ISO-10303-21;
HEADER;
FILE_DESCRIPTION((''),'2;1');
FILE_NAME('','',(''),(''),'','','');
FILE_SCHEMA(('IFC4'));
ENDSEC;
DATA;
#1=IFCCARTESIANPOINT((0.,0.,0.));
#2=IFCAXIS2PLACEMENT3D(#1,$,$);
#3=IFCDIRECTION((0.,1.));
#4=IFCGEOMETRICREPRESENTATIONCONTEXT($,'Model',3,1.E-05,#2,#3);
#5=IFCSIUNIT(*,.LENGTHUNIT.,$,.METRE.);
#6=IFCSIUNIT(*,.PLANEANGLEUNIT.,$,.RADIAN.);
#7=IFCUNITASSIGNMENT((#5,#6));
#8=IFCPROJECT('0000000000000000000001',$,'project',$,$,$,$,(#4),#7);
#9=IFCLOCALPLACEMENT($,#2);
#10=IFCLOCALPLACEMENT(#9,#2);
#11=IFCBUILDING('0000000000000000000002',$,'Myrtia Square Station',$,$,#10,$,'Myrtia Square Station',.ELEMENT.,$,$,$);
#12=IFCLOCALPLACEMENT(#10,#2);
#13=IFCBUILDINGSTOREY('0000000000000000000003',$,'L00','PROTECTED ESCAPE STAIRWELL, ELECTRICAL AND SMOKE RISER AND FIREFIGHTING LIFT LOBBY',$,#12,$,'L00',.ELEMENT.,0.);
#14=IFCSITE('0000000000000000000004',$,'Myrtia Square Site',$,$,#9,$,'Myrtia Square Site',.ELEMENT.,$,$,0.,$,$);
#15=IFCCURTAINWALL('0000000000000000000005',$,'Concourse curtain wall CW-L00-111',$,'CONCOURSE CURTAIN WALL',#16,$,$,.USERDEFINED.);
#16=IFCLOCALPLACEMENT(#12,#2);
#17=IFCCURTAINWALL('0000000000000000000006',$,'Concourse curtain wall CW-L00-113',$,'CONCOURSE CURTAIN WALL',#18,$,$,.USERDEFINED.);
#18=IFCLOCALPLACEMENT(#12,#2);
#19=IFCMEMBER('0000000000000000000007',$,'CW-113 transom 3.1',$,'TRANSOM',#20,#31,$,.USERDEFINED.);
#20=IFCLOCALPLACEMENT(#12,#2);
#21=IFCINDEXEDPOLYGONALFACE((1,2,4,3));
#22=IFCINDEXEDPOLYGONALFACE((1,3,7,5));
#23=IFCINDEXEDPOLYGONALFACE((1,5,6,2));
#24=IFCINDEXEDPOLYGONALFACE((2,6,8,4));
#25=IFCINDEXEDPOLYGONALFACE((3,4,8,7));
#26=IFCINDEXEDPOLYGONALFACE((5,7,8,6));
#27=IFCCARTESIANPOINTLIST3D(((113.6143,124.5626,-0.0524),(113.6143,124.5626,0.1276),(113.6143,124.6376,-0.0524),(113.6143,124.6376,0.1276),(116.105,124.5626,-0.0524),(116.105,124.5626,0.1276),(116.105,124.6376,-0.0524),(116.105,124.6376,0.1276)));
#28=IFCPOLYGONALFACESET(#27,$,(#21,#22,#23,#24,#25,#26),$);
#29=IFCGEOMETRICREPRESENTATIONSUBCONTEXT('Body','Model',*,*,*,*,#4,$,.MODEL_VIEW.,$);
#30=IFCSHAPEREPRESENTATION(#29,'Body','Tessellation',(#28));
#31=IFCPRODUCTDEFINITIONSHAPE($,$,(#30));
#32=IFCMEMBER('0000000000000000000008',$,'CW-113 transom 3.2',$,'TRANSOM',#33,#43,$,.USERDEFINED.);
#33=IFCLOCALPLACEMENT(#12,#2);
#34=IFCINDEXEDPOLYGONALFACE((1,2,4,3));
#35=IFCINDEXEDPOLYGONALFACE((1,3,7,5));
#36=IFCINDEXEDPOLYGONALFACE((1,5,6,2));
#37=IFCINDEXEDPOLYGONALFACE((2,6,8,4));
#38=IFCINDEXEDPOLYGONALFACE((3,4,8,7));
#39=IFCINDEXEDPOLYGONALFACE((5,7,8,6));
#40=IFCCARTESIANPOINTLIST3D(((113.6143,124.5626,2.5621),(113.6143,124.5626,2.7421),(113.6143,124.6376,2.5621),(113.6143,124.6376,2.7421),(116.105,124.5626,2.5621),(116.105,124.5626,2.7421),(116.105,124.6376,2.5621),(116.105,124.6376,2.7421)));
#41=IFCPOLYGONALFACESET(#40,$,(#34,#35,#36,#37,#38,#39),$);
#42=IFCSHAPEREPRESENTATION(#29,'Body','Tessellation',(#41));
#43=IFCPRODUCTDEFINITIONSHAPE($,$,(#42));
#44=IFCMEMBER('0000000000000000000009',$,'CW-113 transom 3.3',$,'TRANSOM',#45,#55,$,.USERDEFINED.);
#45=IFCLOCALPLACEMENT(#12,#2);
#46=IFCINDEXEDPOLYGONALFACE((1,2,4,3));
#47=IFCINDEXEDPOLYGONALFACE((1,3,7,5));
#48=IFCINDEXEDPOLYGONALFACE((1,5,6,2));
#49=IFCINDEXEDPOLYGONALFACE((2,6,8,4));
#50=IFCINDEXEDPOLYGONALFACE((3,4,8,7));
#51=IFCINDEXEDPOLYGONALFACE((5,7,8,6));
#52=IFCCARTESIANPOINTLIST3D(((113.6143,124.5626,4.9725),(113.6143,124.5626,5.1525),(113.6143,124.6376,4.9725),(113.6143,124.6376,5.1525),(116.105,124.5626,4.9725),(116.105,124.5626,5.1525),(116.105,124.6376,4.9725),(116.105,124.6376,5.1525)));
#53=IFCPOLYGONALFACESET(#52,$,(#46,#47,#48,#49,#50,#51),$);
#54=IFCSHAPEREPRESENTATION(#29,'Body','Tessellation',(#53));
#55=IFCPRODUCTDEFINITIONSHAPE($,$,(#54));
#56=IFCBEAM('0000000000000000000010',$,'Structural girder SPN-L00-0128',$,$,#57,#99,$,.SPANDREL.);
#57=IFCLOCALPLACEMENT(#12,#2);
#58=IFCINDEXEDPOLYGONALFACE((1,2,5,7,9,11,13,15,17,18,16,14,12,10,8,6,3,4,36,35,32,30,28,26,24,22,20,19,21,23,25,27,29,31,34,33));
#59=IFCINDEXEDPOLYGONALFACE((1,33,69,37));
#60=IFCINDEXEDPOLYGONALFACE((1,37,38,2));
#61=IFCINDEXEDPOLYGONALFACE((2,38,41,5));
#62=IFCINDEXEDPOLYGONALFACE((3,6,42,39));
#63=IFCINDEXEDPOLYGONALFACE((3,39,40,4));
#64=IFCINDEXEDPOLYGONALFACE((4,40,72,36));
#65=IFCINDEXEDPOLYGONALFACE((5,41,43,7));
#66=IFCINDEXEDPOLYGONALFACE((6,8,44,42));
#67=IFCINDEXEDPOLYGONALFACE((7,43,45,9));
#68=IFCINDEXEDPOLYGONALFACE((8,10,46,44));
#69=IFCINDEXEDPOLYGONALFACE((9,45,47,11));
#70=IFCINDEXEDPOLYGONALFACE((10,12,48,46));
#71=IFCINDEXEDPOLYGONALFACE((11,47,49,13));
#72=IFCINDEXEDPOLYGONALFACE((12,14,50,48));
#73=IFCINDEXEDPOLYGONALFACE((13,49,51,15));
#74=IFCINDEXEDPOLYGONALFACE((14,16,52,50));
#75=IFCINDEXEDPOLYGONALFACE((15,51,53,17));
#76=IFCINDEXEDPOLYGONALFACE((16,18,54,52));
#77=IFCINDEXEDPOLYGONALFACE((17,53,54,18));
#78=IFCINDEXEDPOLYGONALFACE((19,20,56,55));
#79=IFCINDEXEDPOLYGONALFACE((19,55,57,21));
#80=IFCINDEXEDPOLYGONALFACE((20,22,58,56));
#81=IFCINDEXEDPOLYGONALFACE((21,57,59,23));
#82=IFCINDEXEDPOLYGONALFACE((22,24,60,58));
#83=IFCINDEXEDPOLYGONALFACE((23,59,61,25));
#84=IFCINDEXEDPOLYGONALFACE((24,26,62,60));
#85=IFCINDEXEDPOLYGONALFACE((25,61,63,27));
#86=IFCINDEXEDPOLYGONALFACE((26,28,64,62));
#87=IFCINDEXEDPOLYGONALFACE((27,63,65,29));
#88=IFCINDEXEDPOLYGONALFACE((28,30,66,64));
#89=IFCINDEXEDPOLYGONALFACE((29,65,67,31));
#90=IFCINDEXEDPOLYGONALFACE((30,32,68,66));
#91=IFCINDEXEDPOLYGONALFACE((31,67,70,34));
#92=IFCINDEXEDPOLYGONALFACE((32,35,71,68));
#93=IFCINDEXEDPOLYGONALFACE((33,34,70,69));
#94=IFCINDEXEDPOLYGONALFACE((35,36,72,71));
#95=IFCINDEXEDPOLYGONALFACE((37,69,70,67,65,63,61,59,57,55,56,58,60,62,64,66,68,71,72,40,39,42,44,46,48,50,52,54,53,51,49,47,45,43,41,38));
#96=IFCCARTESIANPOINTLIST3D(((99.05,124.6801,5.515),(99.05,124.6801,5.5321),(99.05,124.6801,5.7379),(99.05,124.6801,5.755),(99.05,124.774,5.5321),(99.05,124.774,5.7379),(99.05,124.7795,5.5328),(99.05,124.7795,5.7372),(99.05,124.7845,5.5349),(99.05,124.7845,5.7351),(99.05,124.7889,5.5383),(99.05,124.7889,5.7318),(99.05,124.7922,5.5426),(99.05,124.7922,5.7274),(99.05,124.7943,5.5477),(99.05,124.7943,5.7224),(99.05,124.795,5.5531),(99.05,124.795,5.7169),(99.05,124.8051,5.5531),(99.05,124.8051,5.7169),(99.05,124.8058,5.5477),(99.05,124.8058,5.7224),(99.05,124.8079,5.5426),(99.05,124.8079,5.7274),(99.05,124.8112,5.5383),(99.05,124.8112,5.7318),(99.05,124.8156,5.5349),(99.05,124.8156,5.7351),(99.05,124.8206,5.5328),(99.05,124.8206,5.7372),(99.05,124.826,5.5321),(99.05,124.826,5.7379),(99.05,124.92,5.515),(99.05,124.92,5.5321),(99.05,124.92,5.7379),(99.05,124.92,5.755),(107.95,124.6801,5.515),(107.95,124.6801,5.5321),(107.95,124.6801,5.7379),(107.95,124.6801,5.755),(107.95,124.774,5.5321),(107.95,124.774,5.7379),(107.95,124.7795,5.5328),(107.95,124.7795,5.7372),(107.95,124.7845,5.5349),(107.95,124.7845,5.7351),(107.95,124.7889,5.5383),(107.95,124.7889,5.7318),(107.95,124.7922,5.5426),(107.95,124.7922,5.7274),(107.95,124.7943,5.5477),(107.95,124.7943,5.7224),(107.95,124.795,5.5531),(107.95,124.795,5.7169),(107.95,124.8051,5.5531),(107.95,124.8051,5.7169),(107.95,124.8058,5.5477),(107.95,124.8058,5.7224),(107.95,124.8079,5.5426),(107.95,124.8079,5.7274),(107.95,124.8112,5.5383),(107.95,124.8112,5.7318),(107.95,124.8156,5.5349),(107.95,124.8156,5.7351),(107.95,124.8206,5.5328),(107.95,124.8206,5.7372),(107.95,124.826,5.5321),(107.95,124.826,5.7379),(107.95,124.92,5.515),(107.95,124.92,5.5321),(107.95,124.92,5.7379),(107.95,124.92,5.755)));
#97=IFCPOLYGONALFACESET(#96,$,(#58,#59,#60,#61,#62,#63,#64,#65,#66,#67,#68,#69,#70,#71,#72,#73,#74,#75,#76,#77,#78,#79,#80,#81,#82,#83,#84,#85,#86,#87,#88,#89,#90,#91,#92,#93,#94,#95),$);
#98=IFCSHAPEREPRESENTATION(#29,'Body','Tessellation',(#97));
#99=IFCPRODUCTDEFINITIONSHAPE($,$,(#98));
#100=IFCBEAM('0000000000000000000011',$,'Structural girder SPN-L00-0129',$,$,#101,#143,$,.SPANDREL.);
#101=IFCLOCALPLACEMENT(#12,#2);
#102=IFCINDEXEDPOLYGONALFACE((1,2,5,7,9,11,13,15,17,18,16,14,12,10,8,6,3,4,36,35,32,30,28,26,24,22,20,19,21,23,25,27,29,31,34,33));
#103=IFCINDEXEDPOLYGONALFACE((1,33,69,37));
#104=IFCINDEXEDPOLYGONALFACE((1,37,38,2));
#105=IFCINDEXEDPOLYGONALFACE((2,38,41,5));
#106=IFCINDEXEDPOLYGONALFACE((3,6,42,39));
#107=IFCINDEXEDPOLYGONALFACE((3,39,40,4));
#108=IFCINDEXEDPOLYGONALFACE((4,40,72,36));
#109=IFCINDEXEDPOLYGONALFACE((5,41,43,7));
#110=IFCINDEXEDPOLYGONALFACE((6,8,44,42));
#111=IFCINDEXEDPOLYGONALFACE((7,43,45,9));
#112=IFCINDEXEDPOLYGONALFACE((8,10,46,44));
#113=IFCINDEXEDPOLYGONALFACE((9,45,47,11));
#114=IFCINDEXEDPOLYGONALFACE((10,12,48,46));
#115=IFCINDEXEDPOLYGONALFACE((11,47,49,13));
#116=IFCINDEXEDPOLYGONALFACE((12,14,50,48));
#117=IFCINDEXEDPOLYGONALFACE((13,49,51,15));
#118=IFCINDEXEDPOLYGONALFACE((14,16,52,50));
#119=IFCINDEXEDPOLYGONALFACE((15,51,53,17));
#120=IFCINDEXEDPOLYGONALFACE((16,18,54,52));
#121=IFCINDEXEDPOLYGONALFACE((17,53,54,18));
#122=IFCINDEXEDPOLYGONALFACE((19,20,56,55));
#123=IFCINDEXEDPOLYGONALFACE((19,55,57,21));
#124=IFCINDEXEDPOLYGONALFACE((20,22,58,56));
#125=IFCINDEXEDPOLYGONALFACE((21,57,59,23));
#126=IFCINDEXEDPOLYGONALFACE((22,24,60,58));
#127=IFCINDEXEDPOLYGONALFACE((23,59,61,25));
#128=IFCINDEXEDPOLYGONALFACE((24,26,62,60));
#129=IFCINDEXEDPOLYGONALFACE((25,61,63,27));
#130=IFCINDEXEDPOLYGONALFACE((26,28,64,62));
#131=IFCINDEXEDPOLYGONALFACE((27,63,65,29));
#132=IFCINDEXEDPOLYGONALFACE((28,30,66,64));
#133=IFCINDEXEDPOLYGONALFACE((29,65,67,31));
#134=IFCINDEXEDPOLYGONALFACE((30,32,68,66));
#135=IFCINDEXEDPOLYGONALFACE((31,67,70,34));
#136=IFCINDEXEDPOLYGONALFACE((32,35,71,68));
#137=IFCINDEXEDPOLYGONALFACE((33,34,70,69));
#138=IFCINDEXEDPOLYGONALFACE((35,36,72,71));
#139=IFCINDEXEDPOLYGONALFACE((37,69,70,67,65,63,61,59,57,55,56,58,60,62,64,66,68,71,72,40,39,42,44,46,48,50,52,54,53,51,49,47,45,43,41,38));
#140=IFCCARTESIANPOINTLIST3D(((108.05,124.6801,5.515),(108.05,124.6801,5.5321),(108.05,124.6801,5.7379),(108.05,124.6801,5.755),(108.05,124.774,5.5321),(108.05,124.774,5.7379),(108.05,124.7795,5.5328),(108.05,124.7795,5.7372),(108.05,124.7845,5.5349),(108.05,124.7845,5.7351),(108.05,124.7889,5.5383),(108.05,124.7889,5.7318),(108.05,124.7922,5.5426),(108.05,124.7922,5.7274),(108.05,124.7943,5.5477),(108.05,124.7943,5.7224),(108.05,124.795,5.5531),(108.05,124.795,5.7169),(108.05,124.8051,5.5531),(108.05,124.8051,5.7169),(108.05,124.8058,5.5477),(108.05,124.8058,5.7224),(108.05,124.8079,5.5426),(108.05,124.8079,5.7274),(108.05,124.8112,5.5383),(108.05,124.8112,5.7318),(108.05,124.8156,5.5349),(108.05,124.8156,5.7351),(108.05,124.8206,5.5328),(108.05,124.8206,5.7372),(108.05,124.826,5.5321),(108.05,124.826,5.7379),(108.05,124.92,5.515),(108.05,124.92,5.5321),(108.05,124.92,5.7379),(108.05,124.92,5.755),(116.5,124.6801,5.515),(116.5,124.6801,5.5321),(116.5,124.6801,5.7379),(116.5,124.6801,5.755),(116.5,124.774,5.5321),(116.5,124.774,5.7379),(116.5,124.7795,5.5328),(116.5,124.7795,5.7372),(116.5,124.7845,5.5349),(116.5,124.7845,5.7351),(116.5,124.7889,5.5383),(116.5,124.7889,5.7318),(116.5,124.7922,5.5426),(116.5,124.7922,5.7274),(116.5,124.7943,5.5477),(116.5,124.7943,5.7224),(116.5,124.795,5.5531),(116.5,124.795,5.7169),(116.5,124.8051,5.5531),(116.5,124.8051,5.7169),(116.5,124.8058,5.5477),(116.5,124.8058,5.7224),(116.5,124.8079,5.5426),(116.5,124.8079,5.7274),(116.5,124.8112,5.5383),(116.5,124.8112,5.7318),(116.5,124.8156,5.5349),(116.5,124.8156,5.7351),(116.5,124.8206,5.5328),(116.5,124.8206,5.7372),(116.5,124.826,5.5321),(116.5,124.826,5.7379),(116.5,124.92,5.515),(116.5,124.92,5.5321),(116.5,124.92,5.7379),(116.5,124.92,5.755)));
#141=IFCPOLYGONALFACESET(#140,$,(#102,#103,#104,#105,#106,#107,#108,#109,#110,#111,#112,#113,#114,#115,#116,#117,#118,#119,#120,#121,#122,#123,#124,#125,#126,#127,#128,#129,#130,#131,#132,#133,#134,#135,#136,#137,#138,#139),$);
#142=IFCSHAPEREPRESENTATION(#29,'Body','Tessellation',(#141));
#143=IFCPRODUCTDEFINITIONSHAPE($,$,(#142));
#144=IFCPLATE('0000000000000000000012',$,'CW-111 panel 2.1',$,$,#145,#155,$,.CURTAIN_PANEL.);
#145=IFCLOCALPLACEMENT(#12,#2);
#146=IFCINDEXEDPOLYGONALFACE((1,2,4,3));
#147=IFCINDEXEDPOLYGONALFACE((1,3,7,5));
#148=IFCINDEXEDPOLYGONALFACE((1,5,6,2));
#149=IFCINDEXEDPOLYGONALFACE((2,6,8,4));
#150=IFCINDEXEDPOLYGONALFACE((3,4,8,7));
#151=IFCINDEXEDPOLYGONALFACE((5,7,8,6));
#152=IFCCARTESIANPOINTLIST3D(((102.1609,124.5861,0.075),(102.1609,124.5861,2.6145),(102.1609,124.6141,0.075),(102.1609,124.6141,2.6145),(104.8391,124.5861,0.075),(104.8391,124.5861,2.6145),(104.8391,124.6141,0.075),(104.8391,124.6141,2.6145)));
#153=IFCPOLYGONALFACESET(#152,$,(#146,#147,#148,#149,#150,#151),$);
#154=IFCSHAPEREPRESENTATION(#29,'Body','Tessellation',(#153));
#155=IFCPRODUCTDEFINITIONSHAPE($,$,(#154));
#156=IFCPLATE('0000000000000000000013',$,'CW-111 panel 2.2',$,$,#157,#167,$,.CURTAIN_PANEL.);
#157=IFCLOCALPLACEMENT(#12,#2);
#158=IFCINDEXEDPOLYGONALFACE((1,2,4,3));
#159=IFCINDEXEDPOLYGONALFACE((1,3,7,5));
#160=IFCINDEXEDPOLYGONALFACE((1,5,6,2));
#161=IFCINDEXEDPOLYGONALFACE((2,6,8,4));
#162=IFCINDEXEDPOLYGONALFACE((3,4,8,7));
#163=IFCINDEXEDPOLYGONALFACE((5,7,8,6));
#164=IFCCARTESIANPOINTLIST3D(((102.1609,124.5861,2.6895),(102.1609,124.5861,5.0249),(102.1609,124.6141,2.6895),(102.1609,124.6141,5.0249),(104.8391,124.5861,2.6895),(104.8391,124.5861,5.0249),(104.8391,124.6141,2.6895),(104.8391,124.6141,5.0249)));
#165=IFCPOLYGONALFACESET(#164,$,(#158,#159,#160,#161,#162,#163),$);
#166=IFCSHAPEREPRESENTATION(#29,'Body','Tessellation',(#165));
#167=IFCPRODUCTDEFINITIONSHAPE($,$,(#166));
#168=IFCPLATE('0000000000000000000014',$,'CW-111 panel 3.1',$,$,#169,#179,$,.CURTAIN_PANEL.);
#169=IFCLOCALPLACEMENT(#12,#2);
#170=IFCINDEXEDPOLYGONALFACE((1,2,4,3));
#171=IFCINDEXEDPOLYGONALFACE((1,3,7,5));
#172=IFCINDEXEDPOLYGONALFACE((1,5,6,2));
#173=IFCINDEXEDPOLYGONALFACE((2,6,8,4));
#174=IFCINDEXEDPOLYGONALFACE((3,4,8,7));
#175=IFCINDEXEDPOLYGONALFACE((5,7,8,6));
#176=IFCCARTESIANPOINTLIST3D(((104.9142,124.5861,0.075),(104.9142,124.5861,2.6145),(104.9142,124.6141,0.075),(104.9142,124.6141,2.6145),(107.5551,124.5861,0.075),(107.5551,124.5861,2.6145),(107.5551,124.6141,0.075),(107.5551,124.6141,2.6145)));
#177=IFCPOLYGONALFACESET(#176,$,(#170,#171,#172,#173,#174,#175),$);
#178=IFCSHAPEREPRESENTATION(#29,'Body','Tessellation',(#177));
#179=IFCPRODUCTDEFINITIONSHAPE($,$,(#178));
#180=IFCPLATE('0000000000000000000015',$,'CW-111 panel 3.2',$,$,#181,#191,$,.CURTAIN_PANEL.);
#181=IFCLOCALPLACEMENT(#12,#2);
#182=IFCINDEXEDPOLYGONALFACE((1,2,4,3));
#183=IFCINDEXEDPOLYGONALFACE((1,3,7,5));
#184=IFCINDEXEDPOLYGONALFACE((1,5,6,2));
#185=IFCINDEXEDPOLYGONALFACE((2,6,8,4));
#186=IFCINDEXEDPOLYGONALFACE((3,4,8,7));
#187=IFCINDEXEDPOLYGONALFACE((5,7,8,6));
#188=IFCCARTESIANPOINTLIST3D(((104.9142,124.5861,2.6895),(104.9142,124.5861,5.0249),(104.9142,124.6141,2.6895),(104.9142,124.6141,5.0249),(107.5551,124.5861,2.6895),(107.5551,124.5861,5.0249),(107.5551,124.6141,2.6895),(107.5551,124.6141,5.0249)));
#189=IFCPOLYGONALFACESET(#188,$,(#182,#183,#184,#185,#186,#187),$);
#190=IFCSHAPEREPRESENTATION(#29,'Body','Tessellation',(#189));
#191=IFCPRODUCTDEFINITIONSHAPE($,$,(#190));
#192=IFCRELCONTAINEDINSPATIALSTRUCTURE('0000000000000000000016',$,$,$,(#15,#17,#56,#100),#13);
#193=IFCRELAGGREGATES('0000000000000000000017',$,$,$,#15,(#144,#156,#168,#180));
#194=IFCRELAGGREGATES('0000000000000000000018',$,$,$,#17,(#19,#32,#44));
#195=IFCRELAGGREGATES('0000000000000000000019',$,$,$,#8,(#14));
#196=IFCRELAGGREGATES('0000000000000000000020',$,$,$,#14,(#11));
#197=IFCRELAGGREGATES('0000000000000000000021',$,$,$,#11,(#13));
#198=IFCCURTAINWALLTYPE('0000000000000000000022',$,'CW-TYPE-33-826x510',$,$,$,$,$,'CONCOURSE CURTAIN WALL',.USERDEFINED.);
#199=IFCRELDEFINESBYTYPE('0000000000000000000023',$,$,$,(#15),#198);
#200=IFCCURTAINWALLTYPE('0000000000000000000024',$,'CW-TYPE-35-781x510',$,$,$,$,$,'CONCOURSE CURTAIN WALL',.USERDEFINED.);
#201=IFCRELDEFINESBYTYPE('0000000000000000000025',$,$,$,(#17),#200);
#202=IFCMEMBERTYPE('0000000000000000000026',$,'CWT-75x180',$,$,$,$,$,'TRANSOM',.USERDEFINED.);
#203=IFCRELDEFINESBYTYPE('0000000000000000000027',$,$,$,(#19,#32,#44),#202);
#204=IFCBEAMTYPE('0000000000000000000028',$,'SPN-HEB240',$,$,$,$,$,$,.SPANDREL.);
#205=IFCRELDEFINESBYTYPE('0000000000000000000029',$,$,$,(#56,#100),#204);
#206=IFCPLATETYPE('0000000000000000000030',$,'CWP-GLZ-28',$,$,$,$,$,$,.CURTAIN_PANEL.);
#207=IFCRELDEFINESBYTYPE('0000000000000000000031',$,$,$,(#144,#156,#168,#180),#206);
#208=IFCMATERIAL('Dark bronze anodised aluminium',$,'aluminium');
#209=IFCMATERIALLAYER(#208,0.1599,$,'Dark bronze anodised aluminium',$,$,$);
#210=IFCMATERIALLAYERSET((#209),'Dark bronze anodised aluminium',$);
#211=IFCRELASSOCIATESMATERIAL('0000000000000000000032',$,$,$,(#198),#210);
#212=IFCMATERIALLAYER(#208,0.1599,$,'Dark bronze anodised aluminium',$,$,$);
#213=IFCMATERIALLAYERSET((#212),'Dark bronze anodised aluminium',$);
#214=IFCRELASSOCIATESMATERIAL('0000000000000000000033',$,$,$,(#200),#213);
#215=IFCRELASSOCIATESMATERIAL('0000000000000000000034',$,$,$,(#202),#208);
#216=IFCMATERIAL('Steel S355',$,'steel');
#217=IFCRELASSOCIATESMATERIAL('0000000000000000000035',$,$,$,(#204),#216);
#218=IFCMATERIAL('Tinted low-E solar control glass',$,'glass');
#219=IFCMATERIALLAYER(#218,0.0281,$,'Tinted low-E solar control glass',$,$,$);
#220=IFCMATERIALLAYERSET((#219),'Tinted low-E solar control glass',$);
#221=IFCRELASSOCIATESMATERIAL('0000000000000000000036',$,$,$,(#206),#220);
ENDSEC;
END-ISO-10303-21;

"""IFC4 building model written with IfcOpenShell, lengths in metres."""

from ifc_helpers import new_model, si_unit, direction, frame, origin, origin_2d, place, context, subcontext, project, spatial, rectangle, i_section, extrude, material, layer, layer_set, material_profile, profile_set, type_object, element, aggregate, save


model = new_model("IFC4")

# Units and contexts
model_context = context("Model", 3, precision=1e-05, world=origin(), true_north=direction((0.0, 1.0)))
body_context = subcontext(model_context, "Body", "Model", "MODEL_VIEW")
ifc_project = project(units=[si_unit("LENGTHUNIT", "METRE"), si_unit("PLANEANGLEUNIT", "RADIAN")], contexts=[model_context])

# Site, building, storey
site_placement = place(None, origin())
site = spatial("IfcSite", under=ifc_project, at=site_placement, Name="Myrtia Square Site", LongName="Myrtia Square Site", CompositionType="ELEMENT", RefElevation=0.0)
building_placement = place(site_placement, origin())
building = spatial("IfcBuilding", under=site, at=building_placement, Name="Myrtia Square Station", LongName="Myrtia Square Station", CompositionType="ELEMENT")
storey_placement = place(building_placement, origin())
storey = spatial("IfcBuildingStorey", under=building, at=storey_placement, Name="L00", Description="PROTECTED ESCAPE STAIRWELL, ELECTRICAL AND SMOKE RISER AND FIREFIGHTING LIFT LOBBY", LongName="L00", CompositionType="ELEMENT", Elevation=0.0)

# Shared definitions
ifc_material_1 = material(Name="Steel S355", Category="steel")

# Curtain walls
ifc_material_2 = material(Name="Dark bronze anodised aluminium", Category="aluminium")
ifc_layer_1 = layer(ifc_material_2, 0.1599, Name="Dark bronze anodised aluminium")
ifc_layer_set_1 = layer_set([ifc_layer_1], Name="Dark bronze anodised aluminium")
curtain_wall_type_1 = type_object("IfcCurtainWallType", Name="CW-TYPE-33-826x510", ElementType="CONCOURSE CURTAIN WALL", PredefinedType="USERDEFINED", material=ifc_layer_set_1)
curtain_wall_1_placement = place(storey_placement, origin())
curtain_wall_1 = element("IfcCurtainWall", 1, at=curtain_wall_1_placement, inside=storey, type_object=curtain_wall_type_1, Name="Concourse curtain wall CW-L00-111", ObjectType="CONCOURSE CURTAIN WALL", PredefinedType="USERDEFINED")
ifc_layer_2 = layer(ifc_material_2, 0.1599, Name="Dark bronze anodised aluminium")
ifc_layer_set_2 = layer_set([ifc_layer_2], Name="Dark bronze anodised aluminium")
curtain_wall_type_2 = type_object("IfcCurtainWallType", Name="CW-TYPE-35-781x510", ElementType="CONCOURSE CURTAIN WALL", PredefinedType="USERDEFINED", material=ifc_layer_set_2)
curtain_wall_2_placement = place(storey_placement, origin())
curtain_wall_2 = element("IfcCurtainWall", 2, at=curtain_wall_2_placement, inside=storey, type_object=curtain_wall_type_2, Name="Concourse curtain wall CW-L00-113", ObjectType="CONCOURSE CURTAIN WALL", PredefinedType="USERDEFINED")

# Members
ifc_material_profile_1 = material_profile(ifc_material_2, rectangle(XDim=0.075, YDim=0.1799, at=origin_2d()), Name="ALU-T 75x180")
ifc_profile_set_1 = profile_set([ifc_material_profile_1], Name="Dark bronze anodised aluminium")
member_type_1 = type_object("IfcMemberType", Name="CWT-75x180", ElementType="TRANSOM", PredefinedType="USERDEFINED", material=ifc_profile_set_1)
member_1_placement = place(storey_placement, frame((113.6143, 124.6001, 0.0376), z_axis=(1.0, 0.0, 0.0), x_axis=(0.0, 1.0, 0.0)))
member_1 = element("IfcMember", 3, at=member_1_placement, type_object=member_type_1, Name="CW-113 transom 3.1", ObjectType="TRANSOM", PredefinedType="USERDEFINED", context=body_context, shape_type="SweptSolid", body=[
    extrude(rectangle(XDim=0.075, YDim=0.1799, at=origin_2d()), origin(), (0.0, 0.0, 1.0), 2.4907),
])
member_2_placement = place(storey_placement, frame((113.6143, 124.6001, 2.6521), z_axis=(1.0, 0.0, 0.0), x_axis=(0.0, 1.0, 0.0)))
member_2 = element("IfcMember", 4, at=member_2_placement, type_object=member_type_1, Name="CW-113 transom 3.2", ObjectType="TRANSOM", PredefinedType="USERDEFINED", context=body_context, shape_type="SweptSolid", body=[
    extrude(rectangle(XDim=0.075, YDim=0.1799, at=origin_2d()), origin(), (0.0, 0.0, 1.0), 2.4907),
])
member_3_placement = place(storey_placement, frame((113.6143, 124.6001, 5.0625), z_axis=(1.0, 0.0, 0.0), x_axis=(0.0, 1.0, 0.0)))
member_3 = element("IfcMember", 5, at=member_3_placement, type_object=member_type_1, Name="CW-113 transom 3.3", ObjectType="TRANSOM", PredefinedType="USERDEFINED", context=body_context, shape_type="SweptSolid", body=[
    extrude(rectangle(XDim=0.075, YDim=0.1799, at=origin_2d()), origin(), (0.0, 0.0, 1.0), 2.4907),
])

# Beams
ifc_material_profile_2 = material_profile(ifc_material_1, i_section(OverallWidth=0.24, OverallDepth=0.24, WebThickness=0.01, FlangeThickness=0.0171, FilletRadius=0.021, at=origin_2d()), Name="HEB 240")
ifc_profile_set_2 = profile_set([ifc_material_profile_2], Name="Steel S355")
beam_type = type_object("IfcBeamType", Name="SPN-HEB240", PredefinedType="SPANDREL", material=ifc_profile_set_2)
beam_1_placement = place(storey_placement, frame((99.05, 124.8, 5.635), z_axis=(1.0, 0.0, 0.0), x_axis=(0.0, 1.0, 0.0)))
element("IfcBeam", 6, at=beam_1_placement, inside=storey, type_object=beam_type, Name="Structural girder SPN-L00-0128", PredefinedType="SPANDREL", context=body_context, shape_type="SweptSolid", body=[
    extrude(i_section(OverallWidth=0.24, OverallDepth=0.24, WebThickness=0.01, FlangeThickness=0.0171, FilletRadius=0.021, at=origin_2d()), origin(), (0.0, 0.0, 1.0), 8.8999),
])
beam_2_placement = place(storey_placement, frame((108.05, 124.8, 5.635), z_axis=(1.0, 0.0, 0.0), x_axis=(0.0, 1.0, 0.0)))
element("IfcBeam", 7, at=beam_2_placement, inside=storey, type_object=beam_type, Name="Structural girder SPN-L00-0129", PredefinedType="SPANDREL", context=body_context, shape_type="SweptSolid", body=[
    extrude(i_section(OverallWidth=0.24, OverallDepth=0.24, WebThickness=0.01, FlangeThickness=0.0171, FilletRadius=0.021, at=origin_2d()), origin(), (0.0, 0.0, 1.0), 8.45),
])

# Plates
ifc_material_3 = material(Name="Tinted low-E solar control glass", Category="glass")
ifc_layer_3 = layer(ifc_material_3, 0.0281, Name="Tinted low-E solar control glass")
ifc_layer_set_3 = layer_set([ifc_layer_3], Name="Tinted low-E solar control glass")
plate_type_1 = type_object("IfcPlateType", Name="CWP-GLZ-28", PredefinedType="CURTAIN_PANEL", material=ifc_layer_set_3)
plate_1_placement = place(storey_placement, frame((103.5, 124.6001, 0.075), z_axis=(0.0, 0.0, 1.0), x_axis=(1.0, 0.0, 0.0)))
plate_1 = element("IfcPlate", 8, at=plate_1_placement, type_object=plate_type_1, Name="CW-111 panel 2.1", PredefinedType="CURTAIN_PANEL", context=body_context, shape_type="SweptSolid", body=[
    extrude(rectangle(XDim=2.6782, YDim=0.0281, at=origin_2d()), origin(), (0.0, 0.0, 1.0), 2.5396),
])
plate_2_placement = place(storey_placement, frame((103.5, 124.6001, 2.6895), z_axis=(0.0, 0.0, 1.0), x_axis=(1.0, 0.0, 0.0)))
plate_2 = element("IfcPlate", 9, at=plate_2_placement, type_object=plate_type_1, Name="CW-111 panel 2.2", PredefinedType="CURTAIN_PANEL", context=body_context, shape_type="SweptSolid", body=[
    extrude(rectangle(XDim=2.6782, YDim=0.0281, at=origin_2d()), origin(), (0.0, 0.0, 1.0), 2.3354),
])
plate_3_placement = place(storey_placement, frame((106.2346, 124.6001, 0.075), z_axis=(0.0, 0.0, 1.0), x_axis=(1.0, 0.0, 0.0)))
plate_3 = element("IfcPlate", 10, at=plate_3_placement, type_object=plate_type_1, Name="CW-111 panel 3.1", PredefinedType="CURTAIN_PANEL", context=body_context, shape_type="SweptSolid", body=[
    extrude(rectangle(XDim=2.6409, YDim=0.0281, at=origin_2d()), origin(), (0.0, 0.0, 1.0), 2.5396),
])
plate_4_placement = place(storey_placement, frame((106.2346, 124.6001, 2.6895), z_axis=(0.0, 0.0, 1.0), x_axis=(1.0, 0.0, 0.0)))
plate_4 = element("IfcPlate", 11, at=plate_4_placement, type_object=plate_type_1, Name="CW-111 panel 3.2", PredefinedType="CURTAIN_PANEL", context=body_context, shape_type="SweptSolid", body=[
    extrude(rectangle(XDim=2.6409, YDim=0.0281, at=origin_2d()), origin(), (0.0, 0.0, 1.0), 2.3354),
])
aggregate(curtain_wall_1, [plate_1, plate_2, plate_3, plate_4])
aggregate(curtain_wall_2, [member_1, member_2, member_3])

save(model, "model.ifc")
